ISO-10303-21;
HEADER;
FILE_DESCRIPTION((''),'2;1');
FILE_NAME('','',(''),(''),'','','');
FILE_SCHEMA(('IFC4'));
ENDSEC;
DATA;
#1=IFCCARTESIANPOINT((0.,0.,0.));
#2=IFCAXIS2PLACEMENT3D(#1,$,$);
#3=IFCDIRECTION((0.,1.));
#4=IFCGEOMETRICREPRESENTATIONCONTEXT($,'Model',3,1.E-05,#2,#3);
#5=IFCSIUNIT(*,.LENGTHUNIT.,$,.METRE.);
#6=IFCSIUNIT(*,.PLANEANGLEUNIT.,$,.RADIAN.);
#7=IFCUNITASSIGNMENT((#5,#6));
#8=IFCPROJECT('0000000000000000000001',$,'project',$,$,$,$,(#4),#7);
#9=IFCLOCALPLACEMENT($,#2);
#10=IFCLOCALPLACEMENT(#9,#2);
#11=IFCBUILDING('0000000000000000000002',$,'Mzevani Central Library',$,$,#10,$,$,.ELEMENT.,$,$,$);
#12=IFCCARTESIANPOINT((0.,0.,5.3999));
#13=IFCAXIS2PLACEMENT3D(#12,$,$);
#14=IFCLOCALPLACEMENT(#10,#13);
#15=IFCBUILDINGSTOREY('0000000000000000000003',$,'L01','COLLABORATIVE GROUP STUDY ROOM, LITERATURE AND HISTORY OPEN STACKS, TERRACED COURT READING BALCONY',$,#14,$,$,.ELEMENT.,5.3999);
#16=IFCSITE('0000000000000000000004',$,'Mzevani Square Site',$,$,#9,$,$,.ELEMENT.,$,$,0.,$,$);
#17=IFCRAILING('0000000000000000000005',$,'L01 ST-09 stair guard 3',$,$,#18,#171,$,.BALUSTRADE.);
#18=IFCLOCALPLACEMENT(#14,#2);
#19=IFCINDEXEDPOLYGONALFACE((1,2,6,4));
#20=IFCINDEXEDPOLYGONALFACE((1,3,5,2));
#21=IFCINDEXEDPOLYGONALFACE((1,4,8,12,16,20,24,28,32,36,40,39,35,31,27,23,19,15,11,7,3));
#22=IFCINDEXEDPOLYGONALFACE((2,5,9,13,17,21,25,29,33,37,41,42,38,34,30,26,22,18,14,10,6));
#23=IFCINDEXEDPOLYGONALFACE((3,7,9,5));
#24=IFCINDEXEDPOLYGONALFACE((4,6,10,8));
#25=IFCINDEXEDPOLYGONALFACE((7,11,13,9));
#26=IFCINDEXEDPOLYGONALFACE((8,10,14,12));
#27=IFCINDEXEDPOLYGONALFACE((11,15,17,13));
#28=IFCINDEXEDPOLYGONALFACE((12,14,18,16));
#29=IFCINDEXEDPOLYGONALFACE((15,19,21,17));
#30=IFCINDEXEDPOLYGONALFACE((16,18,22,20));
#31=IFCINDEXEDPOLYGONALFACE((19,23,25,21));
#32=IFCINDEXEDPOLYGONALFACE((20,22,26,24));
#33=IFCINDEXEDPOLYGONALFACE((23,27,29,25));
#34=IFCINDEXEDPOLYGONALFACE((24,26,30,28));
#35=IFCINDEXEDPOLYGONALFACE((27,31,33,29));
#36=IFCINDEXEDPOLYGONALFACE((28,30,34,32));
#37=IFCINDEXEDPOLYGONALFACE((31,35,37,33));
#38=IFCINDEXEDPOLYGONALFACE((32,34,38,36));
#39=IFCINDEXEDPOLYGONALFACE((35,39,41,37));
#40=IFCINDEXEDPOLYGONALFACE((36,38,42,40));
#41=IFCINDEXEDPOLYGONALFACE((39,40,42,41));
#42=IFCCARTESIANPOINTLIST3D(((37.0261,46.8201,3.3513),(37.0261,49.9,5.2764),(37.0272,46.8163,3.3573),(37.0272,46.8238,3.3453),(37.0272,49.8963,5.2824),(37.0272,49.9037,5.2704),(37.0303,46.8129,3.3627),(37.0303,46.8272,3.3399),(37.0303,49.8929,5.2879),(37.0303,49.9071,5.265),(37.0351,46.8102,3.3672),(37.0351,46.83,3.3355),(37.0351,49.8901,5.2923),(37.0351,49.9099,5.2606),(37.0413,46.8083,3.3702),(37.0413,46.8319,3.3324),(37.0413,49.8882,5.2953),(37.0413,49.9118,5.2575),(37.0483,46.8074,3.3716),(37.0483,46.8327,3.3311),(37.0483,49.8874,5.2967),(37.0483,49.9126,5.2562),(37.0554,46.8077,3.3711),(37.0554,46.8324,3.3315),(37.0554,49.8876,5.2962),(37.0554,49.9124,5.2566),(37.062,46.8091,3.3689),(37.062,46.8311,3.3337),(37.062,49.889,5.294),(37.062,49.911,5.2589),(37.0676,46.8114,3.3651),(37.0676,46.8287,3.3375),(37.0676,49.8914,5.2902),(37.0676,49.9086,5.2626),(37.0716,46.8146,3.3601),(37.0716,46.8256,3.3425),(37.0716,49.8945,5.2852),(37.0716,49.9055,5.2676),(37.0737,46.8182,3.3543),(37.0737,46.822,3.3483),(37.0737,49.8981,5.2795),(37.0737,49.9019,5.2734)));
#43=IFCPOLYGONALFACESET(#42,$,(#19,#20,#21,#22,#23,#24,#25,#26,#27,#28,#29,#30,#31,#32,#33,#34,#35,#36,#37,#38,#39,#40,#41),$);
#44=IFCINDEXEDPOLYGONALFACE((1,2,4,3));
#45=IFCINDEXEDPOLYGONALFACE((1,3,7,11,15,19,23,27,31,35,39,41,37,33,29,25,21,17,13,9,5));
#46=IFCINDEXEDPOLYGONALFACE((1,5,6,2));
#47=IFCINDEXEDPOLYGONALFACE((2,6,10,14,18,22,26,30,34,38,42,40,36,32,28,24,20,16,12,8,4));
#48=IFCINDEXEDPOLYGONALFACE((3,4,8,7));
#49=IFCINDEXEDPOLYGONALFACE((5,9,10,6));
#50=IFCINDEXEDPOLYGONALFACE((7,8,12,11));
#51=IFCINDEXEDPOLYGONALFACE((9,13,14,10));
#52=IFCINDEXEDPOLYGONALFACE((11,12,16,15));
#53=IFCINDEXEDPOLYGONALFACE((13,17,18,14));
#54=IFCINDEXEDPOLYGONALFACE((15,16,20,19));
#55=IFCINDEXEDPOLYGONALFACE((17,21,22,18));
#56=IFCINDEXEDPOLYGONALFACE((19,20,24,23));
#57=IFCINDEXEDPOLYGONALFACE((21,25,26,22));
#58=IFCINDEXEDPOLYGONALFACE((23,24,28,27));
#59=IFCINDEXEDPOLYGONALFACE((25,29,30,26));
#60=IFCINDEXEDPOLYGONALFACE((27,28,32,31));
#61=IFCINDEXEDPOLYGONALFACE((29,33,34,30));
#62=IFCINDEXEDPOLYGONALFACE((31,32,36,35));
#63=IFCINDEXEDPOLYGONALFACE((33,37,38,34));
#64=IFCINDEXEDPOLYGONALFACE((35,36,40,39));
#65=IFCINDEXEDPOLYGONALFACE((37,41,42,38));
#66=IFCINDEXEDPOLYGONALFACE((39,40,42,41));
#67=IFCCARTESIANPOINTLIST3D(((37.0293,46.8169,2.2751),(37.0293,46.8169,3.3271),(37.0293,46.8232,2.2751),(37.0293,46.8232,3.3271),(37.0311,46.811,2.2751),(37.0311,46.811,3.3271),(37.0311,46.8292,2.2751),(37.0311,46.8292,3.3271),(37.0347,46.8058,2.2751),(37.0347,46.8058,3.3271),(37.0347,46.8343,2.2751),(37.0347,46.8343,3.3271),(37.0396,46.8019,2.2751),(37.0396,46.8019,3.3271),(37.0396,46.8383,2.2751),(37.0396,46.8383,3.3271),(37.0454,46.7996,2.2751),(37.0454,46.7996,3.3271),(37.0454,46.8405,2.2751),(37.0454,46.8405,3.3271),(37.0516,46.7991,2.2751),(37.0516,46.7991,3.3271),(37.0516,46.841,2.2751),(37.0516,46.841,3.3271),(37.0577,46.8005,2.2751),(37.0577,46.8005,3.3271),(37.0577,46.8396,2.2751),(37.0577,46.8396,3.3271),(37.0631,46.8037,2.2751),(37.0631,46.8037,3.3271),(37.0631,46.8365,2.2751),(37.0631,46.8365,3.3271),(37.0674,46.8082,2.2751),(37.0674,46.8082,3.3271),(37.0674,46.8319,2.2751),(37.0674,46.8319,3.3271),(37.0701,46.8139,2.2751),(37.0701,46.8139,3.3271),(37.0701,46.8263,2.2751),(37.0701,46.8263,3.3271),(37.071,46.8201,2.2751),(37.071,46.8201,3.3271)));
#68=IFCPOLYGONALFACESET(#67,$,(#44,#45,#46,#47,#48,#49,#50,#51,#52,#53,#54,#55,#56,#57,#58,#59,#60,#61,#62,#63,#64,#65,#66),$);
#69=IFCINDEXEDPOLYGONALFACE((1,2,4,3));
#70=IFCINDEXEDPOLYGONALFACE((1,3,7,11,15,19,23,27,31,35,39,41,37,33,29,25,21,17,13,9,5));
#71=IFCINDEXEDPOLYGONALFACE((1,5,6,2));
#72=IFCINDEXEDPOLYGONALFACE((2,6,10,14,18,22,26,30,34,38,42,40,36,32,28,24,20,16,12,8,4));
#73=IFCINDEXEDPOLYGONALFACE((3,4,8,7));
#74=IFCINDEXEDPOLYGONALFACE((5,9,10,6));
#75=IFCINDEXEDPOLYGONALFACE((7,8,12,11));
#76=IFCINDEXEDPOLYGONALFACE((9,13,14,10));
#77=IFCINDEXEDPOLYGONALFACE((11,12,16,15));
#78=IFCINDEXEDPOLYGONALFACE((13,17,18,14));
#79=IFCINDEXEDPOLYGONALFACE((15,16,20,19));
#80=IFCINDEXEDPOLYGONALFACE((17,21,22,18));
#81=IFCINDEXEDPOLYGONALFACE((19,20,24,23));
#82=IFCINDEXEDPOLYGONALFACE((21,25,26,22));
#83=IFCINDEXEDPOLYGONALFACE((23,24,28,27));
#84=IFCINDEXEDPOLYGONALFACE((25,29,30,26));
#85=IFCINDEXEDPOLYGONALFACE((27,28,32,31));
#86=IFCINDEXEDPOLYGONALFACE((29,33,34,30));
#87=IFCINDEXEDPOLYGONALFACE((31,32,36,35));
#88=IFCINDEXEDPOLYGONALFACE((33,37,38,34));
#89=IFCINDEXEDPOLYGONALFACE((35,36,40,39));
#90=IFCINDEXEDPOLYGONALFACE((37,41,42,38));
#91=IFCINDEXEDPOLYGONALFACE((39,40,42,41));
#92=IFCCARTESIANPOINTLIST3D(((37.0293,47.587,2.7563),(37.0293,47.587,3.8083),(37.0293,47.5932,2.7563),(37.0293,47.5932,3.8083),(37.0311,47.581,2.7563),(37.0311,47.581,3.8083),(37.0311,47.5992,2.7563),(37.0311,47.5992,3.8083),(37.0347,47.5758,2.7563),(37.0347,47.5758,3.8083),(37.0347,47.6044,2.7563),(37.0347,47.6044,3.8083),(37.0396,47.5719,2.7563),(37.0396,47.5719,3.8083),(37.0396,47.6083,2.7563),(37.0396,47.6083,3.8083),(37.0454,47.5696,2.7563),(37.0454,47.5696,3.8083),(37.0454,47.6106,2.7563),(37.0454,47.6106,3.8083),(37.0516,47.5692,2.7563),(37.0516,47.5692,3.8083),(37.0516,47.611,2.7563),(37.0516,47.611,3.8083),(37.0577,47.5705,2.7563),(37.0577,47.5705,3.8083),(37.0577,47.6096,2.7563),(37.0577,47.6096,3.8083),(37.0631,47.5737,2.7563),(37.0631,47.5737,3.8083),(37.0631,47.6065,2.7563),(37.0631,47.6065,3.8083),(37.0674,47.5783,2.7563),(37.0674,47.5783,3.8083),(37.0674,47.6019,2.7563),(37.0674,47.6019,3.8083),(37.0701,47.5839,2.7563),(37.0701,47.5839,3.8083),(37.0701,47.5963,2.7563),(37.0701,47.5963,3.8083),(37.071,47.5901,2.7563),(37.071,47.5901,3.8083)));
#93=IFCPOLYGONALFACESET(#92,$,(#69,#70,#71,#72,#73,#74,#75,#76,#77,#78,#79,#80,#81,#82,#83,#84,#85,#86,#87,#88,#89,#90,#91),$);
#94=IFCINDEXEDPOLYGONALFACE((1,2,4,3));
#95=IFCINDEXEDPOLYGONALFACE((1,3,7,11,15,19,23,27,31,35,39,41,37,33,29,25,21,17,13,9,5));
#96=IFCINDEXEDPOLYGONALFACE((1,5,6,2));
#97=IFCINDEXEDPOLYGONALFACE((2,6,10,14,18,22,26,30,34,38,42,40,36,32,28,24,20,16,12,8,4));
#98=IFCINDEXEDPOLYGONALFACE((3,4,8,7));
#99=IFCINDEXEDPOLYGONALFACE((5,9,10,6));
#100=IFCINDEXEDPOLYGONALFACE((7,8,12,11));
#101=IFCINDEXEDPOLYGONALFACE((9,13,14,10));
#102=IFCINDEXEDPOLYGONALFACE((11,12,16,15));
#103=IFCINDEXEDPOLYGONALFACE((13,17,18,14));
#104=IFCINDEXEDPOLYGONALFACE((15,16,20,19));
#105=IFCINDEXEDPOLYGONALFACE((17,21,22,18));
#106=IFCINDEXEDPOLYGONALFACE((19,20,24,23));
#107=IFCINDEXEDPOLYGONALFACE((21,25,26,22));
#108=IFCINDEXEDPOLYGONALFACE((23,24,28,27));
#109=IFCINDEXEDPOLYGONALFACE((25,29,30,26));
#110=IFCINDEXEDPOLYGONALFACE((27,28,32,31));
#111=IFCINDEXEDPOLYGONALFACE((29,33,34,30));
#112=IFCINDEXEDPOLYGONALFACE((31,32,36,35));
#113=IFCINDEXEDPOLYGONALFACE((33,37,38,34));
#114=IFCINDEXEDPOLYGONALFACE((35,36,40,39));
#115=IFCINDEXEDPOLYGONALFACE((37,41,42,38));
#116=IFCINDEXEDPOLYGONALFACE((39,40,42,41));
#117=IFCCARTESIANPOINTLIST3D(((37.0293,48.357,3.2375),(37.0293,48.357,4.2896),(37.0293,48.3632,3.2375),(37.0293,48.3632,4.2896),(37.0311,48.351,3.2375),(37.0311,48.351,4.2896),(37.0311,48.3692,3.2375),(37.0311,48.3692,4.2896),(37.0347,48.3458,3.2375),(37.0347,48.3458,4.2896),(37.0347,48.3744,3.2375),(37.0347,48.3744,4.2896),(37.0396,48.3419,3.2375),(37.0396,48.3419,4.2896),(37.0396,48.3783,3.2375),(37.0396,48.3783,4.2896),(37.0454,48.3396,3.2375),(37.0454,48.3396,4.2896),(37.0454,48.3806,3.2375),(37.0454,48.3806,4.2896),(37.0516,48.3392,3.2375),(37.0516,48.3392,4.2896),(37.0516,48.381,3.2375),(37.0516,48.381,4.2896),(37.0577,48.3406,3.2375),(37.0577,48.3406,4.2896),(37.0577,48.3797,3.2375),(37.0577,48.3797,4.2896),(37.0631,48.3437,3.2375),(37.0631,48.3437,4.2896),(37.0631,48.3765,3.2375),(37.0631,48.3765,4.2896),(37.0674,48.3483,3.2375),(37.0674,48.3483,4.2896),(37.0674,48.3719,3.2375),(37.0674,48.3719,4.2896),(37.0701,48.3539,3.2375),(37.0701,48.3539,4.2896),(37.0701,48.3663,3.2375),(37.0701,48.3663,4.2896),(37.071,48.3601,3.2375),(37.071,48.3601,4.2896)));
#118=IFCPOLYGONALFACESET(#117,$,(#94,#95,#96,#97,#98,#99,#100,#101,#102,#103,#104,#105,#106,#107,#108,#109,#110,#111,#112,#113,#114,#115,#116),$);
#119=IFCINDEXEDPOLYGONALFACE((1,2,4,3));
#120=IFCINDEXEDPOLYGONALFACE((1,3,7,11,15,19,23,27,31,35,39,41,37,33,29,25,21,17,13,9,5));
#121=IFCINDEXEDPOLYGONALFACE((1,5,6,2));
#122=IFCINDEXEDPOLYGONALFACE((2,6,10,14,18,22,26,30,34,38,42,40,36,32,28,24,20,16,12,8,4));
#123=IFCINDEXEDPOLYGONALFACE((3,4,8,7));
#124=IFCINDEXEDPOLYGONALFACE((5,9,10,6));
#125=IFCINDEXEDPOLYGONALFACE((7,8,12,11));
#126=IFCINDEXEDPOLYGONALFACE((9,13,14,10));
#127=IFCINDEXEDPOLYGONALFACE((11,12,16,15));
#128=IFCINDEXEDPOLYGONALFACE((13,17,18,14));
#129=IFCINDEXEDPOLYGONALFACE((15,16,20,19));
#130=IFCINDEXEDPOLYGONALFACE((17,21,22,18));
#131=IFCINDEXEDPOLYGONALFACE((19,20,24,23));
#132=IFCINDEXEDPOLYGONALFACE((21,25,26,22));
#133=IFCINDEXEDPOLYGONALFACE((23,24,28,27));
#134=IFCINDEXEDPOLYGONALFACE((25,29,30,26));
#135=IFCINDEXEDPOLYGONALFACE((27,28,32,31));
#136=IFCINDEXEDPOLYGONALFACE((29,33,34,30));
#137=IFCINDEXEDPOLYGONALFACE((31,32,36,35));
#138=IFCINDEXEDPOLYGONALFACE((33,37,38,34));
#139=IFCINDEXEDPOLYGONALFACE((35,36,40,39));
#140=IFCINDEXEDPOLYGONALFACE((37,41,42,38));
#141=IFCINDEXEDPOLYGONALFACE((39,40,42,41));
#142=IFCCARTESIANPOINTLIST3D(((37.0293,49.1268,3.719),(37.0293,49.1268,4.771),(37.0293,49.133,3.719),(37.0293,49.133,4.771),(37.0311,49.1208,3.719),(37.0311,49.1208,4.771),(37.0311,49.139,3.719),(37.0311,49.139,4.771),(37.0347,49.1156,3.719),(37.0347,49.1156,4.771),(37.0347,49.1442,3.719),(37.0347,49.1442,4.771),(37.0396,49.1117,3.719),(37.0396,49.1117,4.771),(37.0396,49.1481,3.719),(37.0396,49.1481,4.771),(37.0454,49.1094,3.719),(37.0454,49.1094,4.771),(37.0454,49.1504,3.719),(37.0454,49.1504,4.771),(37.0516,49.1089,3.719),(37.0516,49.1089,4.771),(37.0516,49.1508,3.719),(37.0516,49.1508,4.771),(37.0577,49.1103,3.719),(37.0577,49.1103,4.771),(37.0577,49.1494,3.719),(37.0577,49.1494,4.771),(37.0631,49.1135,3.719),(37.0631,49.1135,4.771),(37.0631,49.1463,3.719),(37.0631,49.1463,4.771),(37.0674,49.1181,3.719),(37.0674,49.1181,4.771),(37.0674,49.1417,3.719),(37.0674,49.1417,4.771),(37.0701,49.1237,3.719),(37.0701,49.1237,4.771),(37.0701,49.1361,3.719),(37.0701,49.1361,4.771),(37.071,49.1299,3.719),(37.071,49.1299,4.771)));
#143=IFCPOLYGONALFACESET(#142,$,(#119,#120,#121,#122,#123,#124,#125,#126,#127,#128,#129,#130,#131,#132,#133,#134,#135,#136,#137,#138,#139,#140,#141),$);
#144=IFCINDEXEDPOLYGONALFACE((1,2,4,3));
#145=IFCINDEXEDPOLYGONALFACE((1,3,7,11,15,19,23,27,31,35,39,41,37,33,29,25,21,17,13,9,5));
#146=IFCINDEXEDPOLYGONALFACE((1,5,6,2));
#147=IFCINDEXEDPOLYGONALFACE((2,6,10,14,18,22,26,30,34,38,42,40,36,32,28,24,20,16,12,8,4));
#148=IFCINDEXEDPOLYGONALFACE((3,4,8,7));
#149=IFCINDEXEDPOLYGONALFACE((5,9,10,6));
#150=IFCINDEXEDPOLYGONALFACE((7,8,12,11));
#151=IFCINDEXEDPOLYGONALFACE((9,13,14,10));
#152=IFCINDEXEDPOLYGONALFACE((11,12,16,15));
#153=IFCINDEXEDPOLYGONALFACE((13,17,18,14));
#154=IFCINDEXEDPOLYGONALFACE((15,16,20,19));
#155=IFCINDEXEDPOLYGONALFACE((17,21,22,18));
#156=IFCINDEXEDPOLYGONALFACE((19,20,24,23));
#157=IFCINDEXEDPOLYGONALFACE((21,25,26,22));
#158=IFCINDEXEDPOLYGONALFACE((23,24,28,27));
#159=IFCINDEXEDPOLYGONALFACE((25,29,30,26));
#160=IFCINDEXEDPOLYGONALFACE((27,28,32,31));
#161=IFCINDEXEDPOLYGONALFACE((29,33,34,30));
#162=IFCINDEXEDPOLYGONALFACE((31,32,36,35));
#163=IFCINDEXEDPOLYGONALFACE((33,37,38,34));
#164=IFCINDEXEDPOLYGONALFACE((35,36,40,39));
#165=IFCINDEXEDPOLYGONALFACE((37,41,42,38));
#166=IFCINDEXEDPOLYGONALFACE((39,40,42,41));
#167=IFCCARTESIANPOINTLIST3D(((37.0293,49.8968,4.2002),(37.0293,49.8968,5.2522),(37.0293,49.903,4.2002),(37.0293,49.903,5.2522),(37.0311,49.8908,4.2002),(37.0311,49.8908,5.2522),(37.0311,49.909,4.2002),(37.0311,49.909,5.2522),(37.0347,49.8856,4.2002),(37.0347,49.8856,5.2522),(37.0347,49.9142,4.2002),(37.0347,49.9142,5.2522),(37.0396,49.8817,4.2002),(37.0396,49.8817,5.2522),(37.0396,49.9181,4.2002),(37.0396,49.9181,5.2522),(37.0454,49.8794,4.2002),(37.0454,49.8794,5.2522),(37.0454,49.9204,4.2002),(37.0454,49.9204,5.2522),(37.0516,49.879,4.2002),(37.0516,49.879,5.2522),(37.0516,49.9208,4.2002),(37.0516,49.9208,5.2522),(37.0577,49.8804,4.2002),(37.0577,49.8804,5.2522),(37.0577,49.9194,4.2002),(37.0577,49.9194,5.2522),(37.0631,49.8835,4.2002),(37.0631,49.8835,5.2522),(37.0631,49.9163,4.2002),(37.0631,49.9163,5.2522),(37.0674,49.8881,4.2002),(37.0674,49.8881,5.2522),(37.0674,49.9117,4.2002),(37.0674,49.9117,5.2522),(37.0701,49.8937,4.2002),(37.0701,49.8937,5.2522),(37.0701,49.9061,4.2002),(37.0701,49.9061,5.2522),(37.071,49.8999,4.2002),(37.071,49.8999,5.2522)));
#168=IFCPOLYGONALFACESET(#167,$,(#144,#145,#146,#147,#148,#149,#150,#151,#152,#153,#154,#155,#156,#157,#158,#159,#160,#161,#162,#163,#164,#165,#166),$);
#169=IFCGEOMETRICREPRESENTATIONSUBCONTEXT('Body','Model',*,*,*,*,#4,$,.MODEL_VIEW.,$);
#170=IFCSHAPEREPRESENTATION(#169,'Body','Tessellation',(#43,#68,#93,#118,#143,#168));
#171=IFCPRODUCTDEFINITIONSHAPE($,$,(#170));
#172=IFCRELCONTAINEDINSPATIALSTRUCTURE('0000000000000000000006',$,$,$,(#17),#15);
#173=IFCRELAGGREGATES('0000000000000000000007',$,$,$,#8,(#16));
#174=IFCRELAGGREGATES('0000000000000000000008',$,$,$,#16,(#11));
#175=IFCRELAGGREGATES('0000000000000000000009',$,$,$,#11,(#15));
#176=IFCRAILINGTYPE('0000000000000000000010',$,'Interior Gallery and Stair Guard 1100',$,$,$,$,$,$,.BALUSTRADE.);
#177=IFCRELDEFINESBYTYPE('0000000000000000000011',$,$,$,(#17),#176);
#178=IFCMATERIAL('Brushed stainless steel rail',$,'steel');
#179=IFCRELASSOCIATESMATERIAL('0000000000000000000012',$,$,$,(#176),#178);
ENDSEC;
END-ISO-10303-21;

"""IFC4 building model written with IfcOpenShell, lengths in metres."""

from ifc_helpers import new_model, si_unit, direction, frame, origin, origin_2d, place, context, subcontext, project, spatial, circle, extrude, material, type_object, element, save


model = new_model("IFC4")

# Units and contexts
model_context = context("Model", 3, precision=1e-05, world=origin(), true_north=direction((0.0, 1.0)))
body_context = subcontext(model_context, "Body", "Model", "MODEL_VIEW")
ifc_project = project(units=[si_unit("LENGTHUNIT", "METRE"), si_unit("PLANEANGLEUNIT", "RADIAN")], contexts=[model_context])

# Site, building, storey
site_placement = place(None, origin())
site = spatial("IfcSite", under=ifc_project, at=site_placement, Name="Mzevani Square Site", CompositionType="ELEMENT", RefElevation=0.0)
building_placement = place(site_placement, origin())
building = spatial("IfcBuilding", under=site, at=building_placement, Name="Mzevani Central Library", CompositionType="ELEMENT")
storey_placement = place(building_placement, frame((0.0, 0.0, 5.3999)))
storey = spatial("IfcBuildingStorey", under=building, at=storey_placement, Name="L01", Description="COLLABORATIVE GROUP STUDY ROOM, LITERATURE AND HISTORY OPEN STACKS, TERRACED COURT READING BALCONY", CompositionType="ELEMENT", Elevation=5.3999)

# Railing
ifc_material_1 = material(Name="Brushed stainless steel rail", Category="steel")
railing_type_1 = type_object("IfcRailingType", Name="Interior Gallery and Stair Guard 1100", PredefinedType="BALUSTRADE", material=ifc_material_1)
railing_1_placement = place(storey_placement, frame((37.05, 46.8201, 2.2751)))
element("IfcRailing", 1, at=railing_1_placement, inside=storey, type_object=railing_type_1, Name="L01 ST-09 stair guard 3", PredefinedType="BALUSTRADE", context=body_context, shape_type="SweptSolid", body=[
    extrude(circle(Radius=0.0239, at=origin_2d()), frame((0.0, 0.0, 1.0762), z_axis=(0.0, 0.847979, 0.530029), x_axis=(-1.0, 0.0, 0.0)), (0.0, 0.0, 1.0), 3.6321),
    extrude(circle(Radius=0.021, at=origin_2d()), origin(), (0.0, 0.0, 1.0), 1.052),
    extrude(circle(Radius=0.021, at=origin_2d()), frame((0.0, 0.77, 0.4812)), (0.0, 0.0, 1.0), 1.052),
    extrude(circle(Radius=0.021, at=origin_2d()), frame((0.0, 1.54, 0.9624)), (0.0, 0.0, 1.0), 1.052),
    extrude(circle(Radius=0.021, at=origin_2d()), frame((0.0, 2.3098, 1.4438)), (0.0, 0.0, 1.0), 1.052),
    extrude(circle(Radius=0.021, at=origin_2d()), frame((0.0, 3.0798, 1.925)), (0.0, 0.0, 1.0), 1.052),
])

save(model, "model.ifc")
